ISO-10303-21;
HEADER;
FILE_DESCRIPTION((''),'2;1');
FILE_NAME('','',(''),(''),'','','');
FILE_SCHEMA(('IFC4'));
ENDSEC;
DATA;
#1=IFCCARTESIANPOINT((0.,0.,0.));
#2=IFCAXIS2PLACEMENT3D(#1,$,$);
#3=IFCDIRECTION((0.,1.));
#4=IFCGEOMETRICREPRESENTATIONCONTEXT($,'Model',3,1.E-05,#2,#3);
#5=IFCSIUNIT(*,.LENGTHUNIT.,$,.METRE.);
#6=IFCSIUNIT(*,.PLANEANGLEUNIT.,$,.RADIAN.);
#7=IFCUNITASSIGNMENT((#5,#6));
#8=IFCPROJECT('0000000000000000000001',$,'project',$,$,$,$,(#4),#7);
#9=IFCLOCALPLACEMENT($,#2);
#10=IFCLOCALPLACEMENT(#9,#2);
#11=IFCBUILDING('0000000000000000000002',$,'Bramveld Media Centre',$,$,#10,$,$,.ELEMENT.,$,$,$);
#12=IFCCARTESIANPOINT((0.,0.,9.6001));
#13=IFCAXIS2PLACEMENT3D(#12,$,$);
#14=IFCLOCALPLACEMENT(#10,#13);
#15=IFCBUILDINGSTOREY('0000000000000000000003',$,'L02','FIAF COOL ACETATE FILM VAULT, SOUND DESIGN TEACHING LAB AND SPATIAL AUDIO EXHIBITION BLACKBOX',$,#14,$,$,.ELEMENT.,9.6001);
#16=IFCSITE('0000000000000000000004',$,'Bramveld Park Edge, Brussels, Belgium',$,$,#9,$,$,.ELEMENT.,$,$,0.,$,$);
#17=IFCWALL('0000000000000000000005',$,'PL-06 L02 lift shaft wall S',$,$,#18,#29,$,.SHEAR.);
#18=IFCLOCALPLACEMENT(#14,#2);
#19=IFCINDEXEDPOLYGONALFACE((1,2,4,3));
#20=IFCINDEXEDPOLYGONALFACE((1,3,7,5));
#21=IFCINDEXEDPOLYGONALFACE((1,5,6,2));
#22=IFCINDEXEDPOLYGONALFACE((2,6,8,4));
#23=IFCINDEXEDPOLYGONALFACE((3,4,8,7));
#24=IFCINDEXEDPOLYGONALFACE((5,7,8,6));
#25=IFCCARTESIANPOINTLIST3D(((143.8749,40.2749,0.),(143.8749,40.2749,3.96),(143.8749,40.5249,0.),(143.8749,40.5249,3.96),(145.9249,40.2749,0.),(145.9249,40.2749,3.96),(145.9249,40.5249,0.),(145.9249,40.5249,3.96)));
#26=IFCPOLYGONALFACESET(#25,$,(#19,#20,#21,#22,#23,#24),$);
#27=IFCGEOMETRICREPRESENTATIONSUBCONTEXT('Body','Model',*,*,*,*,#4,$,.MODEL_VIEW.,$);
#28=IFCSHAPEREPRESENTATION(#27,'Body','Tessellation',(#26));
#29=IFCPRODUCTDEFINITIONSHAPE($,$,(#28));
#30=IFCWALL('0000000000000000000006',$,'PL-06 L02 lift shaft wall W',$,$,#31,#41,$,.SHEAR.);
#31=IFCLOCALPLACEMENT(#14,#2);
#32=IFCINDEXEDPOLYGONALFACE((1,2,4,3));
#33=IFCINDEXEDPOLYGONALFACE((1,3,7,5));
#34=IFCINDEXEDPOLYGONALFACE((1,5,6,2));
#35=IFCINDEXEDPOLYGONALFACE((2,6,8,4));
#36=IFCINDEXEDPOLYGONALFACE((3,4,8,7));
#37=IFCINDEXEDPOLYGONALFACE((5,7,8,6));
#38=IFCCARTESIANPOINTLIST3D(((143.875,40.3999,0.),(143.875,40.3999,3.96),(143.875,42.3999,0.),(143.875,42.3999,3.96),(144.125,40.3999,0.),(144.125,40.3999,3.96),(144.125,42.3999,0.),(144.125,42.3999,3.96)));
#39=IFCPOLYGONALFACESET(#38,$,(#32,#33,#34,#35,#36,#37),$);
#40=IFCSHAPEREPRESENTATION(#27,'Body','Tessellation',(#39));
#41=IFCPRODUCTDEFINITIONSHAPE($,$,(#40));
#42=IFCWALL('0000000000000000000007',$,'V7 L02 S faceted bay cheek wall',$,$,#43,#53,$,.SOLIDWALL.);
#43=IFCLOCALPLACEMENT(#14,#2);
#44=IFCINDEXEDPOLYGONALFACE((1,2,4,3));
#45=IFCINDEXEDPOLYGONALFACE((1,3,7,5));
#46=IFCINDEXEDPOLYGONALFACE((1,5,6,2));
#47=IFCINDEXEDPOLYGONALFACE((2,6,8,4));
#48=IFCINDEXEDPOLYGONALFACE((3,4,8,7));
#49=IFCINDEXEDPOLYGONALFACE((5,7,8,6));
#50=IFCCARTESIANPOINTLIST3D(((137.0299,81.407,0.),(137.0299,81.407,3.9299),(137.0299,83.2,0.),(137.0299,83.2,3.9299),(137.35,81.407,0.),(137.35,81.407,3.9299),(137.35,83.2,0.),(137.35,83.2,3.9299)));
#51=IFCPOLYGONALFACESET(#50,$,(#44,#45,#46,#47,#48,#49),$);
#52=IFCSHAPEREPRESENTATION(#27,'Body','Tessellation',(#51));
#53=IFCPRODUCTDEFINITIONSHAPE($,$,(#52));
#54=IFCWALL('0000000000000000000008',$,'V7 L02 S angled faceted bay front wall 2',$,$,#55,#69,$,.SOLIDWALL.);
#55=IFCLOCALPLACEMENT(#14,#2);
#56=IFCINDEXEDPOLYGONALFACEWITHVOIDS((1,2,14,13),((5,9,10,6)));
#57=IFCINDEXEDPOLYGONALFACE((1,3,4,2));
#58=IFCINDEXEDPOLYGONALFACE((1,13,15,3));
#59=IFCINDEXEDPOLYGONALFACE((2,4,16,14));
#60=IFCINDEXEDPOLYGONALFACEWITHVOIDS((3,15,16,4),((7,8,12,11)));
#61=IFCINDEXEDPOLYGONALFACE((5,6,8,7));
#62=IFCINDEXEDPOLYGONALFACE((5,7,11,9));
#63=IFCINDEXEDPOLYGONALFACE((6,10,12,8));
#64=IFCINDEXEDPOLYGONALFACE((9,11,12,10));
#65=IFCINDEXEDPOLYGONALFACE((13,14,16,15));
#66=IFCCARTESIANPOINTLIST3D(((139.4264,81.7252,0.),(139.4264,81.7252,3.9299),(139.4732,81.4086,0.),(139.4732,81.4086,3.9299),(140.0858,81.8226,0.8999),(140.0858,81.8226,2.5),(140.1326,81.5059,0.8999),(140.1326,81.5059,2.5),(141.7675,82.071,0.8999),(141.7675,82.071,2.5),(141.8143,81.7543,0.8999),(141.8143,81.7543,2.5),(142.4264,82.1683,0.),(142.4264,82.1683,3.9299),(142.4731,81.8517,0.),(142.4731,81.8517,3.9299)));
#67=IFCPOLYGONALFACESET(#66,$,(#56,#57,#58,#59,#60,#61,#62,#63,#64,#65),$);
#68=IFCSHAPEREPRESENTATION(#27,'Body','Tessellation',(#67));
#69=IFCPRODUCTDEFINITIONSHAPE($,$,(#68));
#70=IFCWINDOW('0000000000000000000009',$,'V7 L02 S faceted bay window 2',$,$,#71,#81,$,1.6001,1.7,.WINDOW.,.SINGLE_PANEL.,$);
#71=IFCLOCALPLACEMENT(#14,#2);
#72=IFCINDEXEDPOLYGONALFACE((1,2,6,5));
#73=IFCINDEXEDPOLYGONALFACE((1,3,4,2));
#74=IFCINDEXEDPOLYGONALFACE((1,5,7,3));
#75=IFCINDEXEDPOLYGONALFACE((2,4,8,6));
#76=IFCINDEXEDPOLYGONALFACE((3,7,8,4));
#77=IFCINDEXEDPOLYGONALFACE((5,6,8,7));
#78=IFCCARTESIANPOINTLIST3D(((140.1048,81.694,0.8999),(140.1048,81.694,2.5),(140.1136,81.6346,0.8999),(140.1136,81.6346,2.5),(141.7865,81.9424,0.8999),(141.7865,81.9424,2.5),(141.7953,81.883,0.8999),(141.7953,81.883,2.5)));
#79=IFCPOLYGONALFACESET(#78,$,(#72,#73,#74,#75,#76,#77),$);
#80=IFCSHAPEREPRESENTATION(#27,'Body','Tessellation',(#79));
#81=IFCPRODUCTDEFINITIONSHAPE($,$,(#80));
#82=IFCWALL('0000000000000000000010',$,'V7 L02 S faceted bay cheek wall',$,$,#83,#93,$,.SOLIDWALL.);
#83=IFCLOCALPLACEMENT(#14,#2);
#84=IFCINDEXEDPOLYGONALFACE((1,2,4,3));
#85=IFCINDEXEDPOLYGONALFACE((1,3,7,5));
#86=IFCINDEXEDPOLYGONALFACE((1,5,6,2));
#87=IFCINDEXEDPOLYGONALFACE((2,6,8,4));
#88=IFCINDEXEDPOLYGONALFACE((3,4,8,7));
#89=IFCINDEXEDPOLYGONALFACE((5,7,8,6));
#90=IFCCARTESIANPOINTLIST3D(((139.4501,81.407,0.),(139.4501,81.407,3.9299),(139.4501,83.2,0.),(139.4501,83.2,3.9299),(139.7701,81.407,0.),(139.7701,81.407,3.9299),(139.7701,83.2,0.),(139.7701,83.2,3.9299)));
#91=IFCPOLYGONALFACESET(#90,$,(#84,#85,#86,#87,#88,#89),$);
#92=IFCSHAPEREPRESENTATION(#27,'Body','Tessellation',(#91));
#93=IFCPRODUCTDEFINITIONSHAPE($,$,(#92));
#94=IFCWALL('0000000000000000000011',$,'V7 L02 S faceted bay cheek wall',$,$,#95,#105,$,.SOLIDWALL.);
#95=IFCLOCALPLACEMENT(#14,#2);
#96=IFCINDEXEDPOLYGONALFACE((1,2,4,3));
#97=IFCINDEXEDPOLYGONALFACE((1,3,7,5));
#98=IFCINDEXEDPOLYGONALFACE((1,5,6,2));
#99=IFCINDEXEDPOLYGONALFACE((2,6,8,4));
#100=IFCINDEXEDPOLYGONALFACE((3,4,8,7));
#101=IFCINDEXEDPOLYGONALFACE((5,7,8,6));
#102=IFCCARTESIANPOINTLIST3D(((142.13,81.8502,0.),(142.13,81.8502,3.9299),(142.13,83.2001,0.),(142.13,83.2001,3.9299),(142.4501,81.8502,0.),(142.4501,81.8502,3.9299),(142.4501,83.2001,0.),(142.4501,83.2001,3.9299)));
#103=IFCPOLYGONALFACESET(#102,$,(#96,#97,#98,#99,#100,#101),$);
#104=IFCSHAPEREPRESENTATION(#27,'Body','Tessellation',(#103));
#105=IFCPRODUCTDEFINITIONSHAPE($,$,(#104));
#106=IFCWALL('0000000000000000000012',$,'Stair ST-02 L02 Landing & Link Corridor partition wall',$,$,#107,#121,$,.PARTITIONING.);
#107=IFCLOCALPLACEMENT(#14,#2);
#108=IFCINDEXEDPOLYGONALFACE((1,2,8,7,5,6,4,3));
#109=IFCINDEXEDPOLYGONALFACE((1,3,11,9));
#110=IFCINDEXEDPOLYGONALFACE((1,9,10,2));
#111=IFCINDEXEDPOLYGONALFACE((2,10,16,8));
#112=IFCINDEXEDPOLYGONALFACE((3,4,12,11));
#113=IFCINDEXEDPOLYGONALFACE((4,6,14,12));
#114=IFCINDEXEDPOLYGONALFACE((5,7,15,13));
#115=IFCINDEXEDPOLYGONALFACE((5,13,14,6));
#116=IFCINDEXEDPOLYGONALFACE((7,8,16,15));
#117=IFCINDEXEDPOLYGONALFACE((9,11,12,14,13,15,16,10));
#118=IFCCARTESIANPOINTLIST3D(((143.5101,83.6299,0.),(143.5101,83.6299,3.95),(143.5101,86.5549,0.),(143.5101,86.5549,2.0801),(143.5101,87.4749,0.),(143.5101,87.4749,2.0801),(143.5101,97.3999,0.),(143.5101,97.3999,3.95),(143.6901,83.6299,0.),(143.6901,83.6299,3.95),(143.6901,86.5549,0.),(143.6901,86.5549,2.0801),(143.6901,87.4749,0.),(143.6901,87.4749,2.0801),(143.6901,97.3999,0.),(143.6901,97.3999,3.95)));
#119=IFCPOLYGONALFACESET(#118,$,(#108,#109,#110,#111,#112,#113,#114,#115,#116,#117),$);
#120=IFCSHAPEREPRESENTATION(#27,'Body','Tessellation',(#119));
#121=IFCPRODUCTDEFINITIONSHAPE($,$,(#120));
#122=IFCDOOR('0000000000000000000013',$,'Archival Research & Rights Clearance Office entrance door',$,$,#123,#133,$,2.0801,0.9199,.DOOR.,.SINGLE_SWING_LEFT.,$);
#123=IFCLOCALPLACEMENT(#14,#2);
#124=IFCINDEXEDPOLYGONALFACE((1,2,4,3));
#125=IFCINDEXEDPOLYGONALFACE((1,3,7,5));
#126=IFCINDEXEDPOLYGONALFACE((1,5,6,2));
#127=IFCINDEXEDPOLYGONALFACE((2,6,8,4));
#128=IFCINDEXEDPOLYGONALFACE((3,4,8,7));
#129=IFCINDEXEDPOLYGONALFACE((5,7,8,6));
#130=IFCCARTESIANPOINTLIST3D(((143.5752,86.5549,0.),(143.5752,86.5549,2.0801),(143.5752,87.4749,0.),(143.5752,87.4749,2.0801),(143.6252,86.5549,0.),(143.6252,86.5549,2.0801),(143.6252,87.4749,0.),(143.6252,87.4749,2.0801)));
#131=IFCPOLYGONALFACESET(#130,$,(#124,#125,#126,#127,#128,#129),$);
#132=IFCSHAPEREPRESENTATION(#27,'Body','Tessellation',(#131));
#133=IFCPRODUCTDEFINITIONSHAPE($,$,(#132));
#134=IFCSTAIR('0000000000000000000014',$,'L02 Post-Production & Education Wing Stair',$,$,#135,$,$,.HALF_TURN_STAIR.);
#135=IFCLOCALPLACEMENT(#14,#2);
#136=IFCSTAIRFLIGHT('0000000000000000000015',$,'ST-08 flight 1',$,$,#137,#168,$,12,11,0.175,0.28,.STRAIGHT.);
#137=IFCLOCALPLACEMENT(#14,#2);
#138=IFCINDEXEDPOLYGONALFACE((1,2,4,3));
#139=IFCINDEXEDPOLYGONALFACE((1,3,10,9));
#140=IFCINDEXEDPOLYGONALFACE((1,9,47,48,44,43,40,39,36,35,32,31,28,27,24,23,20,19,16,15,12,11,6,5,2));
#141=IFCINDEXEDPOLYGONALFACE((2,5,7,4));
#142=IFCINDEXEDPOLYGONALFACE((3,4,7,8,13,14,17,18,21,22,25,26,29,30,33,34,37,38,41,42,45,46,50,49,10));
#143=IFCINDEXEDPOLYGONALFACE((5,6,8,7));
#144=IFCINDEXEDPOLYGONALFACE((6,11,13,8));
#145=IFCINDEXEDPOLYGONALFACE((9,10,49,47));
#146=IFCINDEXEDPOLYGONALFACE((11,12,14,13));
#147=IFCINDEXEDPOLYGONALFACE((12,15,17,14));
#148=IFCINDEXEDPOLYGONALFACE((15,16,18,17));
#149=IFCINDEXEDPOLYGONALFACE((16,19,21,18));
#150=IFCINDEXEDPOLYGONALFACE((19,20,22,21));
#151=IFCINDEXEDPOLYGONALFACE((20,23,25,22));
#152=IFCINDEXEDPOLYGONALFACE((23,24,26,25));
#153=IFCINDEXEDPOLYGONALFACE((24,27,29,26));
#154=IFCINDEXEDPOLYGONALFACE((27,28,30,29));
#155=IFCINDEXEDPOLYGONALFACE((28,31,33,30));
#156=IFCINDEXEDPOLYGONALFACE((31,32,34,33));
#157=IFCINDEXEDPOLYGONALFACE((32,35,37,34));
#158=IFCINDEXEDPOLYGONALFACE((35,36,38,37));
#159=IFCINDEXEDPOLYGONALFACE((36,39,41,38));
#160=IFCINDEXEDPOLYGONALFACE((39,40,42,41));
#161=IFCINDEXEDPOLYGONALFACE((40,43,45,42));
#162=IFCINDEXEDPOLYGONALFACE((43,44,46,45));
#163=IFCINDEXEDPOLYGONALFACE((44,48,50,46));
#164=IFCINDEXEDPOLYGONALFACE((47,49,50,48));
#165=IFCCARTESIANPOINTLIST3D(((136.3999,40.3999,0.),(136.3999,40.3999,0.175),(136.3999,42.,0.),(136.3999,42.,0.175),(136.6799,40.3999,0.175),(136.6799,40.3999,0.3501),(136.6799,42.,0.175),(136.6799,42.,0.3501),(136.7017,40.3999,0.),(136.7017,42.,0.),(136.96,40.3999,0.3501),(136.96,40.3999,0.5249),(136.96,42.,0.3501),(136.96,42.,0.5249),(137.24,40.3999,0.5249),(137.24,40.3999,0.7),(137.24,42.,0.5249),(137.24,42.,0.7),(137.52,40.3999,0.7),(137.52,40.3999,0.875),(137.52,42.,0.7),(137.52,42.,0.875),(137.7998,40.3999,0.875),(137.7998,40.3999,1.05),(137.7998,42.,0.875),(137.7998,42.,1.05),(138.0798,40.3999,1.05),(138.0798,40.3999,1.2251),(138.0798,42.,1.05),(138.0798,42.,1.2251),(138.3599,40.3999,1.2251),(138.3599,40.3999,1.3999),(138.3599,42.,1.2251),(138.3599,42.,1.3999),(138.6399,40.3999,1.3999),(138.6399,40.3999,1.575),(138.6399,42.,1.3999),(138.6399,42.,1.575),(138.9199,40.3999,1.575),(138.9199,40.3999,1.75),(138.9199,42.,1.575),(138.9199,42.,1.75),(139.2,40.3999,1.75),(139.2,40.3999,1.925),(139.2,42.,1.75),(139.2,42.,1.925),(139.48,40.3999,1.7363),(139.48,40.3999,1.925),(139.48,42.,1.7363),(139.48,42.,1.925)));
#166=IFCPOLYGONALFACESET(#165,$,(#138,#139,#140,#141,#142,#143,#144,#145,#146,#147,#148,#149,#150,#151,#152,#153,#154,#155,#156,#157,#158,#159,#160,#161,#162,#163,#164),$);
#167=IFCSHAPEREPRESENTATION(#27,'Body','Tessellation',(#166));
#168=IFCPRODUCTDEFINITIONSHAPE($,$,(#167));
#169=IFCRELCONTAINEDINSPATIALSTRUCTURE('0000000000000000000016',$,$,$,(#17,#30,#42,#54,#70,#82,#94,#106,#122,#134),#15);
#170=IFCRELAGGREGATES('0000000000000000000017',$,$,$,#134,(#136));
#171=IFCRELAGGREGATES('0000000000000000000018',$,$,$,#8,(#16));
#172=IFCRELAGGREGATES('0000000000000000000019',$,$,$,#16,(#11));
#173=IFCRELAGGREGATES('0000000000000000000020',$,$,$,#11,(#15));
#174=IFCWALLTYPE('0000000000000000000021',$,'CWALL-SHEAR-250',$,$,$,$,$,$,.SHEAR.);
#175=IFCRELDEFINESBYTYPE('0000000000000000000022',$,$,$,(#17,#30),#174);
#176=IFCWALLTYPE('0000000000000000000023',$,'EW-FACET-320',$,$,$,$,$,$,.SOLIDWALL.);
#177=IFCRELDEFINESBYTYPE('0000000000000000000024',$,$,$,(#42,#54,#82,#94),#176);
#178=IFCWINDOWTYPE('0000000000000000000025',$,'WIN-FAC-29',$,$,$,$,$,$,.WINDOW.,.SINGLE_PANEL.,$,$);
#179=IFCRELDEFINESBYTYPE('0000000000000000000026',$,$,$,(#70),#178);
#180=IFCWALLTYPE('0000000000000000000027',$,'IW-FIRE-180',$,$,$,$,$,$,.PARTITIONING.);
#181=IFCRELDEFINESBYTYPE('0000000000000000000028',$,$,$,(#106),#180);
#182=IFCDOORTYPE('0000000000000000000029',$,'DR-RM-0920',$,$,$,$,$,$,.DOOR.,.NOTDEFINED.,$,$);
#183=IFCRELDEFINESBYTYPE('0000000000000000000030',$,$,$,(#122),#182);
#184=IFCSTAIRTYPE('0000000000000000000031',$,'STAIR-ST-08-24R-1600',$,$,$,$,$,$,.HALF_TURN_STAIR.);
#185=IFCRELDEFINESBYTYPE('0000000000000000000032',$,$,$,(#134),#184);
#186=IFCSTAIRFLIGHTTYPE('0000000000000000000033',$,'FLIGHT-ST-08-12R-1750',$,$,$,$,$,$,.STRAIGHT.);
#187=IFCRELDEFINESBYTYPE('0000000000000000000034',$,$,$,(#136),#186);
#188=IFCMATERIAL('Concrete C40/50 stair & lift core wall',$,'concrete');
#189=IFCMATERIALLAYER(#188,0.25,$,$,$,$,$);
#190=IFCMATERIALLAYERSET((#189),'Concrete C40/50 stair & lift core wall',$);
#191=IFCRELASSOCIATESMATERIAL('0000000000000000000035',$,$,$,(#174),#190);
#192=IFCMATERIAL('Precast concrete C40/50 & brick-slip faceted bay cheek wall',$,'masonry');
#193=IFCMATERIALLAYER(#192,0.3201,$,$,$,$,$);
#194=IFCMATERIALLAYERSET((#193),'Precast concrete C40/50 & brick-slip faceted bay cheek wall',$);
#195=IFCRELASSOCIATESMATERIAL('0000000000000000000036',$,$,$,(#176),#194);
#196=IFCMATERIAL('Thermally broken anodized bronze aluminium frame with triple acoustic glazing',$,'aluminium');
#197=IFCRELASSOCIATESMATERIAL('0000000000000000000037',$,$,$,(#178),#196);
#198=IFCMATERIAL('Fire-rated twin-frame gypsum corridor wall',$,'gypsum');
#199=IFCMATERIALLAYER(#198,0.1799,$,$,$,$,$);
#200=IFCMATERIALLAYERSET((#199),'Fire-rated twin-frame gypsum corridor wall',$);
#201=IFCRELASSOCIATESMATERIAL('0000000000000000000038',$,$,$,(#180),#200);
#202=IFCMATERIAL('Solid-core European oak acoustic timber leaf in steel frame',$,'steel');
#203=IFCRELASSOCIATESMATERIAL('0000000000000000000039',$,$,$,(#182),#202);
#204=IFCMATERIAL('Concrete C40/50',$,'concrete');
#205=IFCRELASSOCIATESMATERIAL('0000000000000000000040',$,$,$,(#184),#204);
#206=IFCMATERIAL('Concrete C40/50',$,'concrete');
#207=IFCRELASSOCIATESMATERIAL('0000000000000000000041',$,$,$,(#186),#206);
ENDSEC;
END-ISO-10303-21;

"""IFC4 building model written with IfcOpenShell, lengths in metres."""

from ifc_helpers import new_model, si_unit, direction, frame, frame_2d, origin, place, context, subcontext, project, spatial, polyline, rectangle, outline, extrude, material, layer, layer_set, type_object, element, fill, aggregate, save


model = new_model("IFC4")

# Units and contexts
model_context = context("Model", 3, precision=1e-05, world=origin(), true_north=direction((0.0, 1.0)))
body_context = subcontext(model_context, "Body", "Model", "MODEL_VIEW")
ifc_project = project(units=[si_unit("LENGTHUNIT", "METRE"), si_unit("PLANEANGLEUNIT", "RADIAN")], contexts=[model_context])

# Site, building, storey
site_placement = place(None, origin())
site = spatial("IfcSite", under=ifc_project, at=site_placement, Name="Bramveld Park Edge, Brussels, Belgium", CompositionType="ELEMENT", RefElevation=0.0)
building_placement = place(site_placement, origin())
building = spatial("IfcBuilding", under=site, at=building_placement, Name="Bramveld Media Centre", CompositionType="ELEMENT")
storey_placement = place(building_placement, frame((0.0, 0.0, 9.6001)))
storey = spatial("IfcBuildingStorey", under=building, at=storey_placement, Name="L02", Description="FIAF COOL ACETATE FILM VAULT, SOUND DESIGN TEACHING LAB AND SPATIAL AUDIO EXHIBITION BLACKBOX", CompositionType="ELEMENT", Elevation=9.6001)

# Walls
ifc_material_1 = material(Name="Concrete C40/50 stair & lift core wall", Category="concrete")
ifc_layer_1 = layer(ifc_material_1, 0.25)
ifc_layer_set_1 = layer_set([ifc_layer_1], Name="Concrete C40/50 stair & lift core wall")
wall_type_1 = type_object("IfcWallType", Name="CWALL-SHEAR-250", PredefinedType="SHEAR", material=ifc_layer_set_1)
wall_1_placement = place(storey_placement, frame((143.875, 40.3999, 0.0), z_axis=(0.0, 0.0, 1.0), x_axis=(1.0, 0.0, 0.0)))
element("IfcWall", 1, at=wall_1_placement, inside=storey, type_object=wall_type_1, Name="PL-06 L02 lift shaft wall S", PredefinedType="SHEAR", context=body_context, shape_type="SweptSolid", body=[
    extrude(rectangle(XDim=2.05, YDim=0.25, at=frame_2d((1.0249, 0.0))), origin(), (0.0, 0.0, 1.0), 3.96),
])
wall_2_placement = place(storey_placement, frame((144.0, 42.3999, 0.0), z_axis=(0.0, 0.0, 1.0), x_axis=(0.0, -1.0, 0.0)))
element("IfcWall", 2, at=wall_2_placement, inside=storey, type_object=wall_type_1, Name="PL-06 L02 lift shaft wall W", PredefinedType="SHEAR", context=body_context, shape_type="SweptSolid", body=[
    extrude(rectangle(XDim=2.0, YDim=0.25, at=frame_2d((1.0, 0.0))), origin(), (0.0, 0.0, 1.0), 3.96),
])
ifc_material_2 = material(Name="Precast concrete C40/50 & brick-slip faceted bay cheek wall", Category="masonry")
ifc_layer_2 = layer(ifc_material_2, 0.3201)
ifc_layer_set_2 = layer_set([ifc_layer_2], Name="Precast concrete C40/50 & brick-slip faceted bay cheek wall")
wall_type_2 = type_object("IfcWallType", Name="EW-FACET-320", PredefinedType="SOLIDWALL", material=ifc_layer_set_2)
wall_3_placement = place(storey_placement, frame((137.1899, 83.2, 0.0), z_axis=(0.0, 0.0, 1.0), x_axis=(0.0, -1.0, 0.0)))
element("IfcWall", 3, at=wall_3_placement, inside=storey, type_object=wall_type_2, Name="V7 L02 S faceted bay cheek wall", PredefinedType="SOLIDWALL", context=body_context, shape_type="SweptSolid", body=[
    extrude(rectangle(XDim=1.793, YDim=0.3201, at=frame_2d((0.8965, 0.0))), origin(), (0.0, 0.0, 1.0), 3.9299),
])

# Wall, opening, window
wall_4_placement = place(storey_placement, frame((139.45, 81.5669, 0.0), z_axis=(0.0, 0.0, 1.0), x_axis=(0.989267, 0.14612, 0.0)))
wall_4 = element("IfcWall", 4, at=wall_4_placement, inside=storey, type_object=wall_type_2, Name="V7 L02 S angled faceted bay front wall 2", PredefinedType="SOLIDWALL", context=body_context, shape_type="SweptSolid", body=[
    extrude(rectangle(XDim=3.0325, YDim=0.3201, at=frame_2d((1.5161, 0.0))), origin(), (0.0, 0.0, 1.0), 3.9299),
])
opening_1_placement = place(wall_4_placement, frame((0.6663, 0.0, 0.8999)))
opening_1 = element("IfcOpeningElement", 5, at=opening_1_placement, cuts=wall_4, PredefinedType="OPENING", context=body_context, shape_type="SweptSolid", body=[
    extrude(rectangle(XDim=1.7, YDim=1.6001, at=frame_2d((0.8501, 0.8))), frame((0.0, 0.1719, 0.0), z_axis=(0.0, -1.0, 0.0), x_axis=(1.0, 0.0, 0.0)), (0.0, 0.0, 1.0), 0.344),
])
ifc_material_3 = material(Name="Thermally broken anodized bronze aluminium frame with triple acoustic glazing", Category="aluminium")
window_type = type_object("IfcWindowType", Name="WIN-FAC-29", PartitioningType="SINGLE_PANEL", PredefinedType="WINDOW", material=ifc_material_3)
window_placement = place(opening_1_placement, origin())
window = element("IfcWindow", 6, at=window_placement, inside=storey, type_object=window_type, Name="V7 L02 S faceted bay window 2", OverallHeight=1.6001, OverallWidth=1.7, PartitioningType="SINGLE_PANEL", PredefinedType="WINDOW", context=body_context, shape_type="SweptSolid", body=[
    extrude(rectangle(XDim=1.7, YDim=1.6001, at=frame_2d((0.8501, 0.8))), frame((0.0, 0.03, 0.0), z_axis=(0.0, -1.0, 0.0), x_axis=(1.0, 0.0, 0.0)), (0.0, 0.0, 1.0), 0.0601),
])
fill(opening_1, window)

# Walls
wall_5_placement = place(storey_placement, frame((139.6101, 83.2, 0.0), z_axis=(0.0, 0.0, 1.0), x_axis=(0.0, -1.0, 0.0)))
element("IfcWall", 7, at=wall_5_placement, inside=storey, type_object=wall_type_2, Name="V7 L02 S faceted bay cheek wall", PredefinedType="SOLIDWALL", context=body_context, shape_type="SweptSolid", body=[
    extrude(rectangle(XDim=1.793, YDim=0.3201, at=frame_2d((0.8965, 0.0))), origin(), (0.0, 0.0, 1.0), 3.9299),
])
wall_6_placement = place(storey_placement, frame((142.29, 83.2, 0.0), z_axis=(0.0, 0.0, 1.0), x_axis=(0.0, -1.0, 0.0)))
element("IfcWall", 8, at=wall_6_placement, inside=storey, type_object=wall_type_2, Name="V7 L02 S faceted bay cheek wall", PredefinedType="SOLIDWALL", context=body_context, shape_type="SweptSolid", body=[
    extrude(rectangle(XDim=1.3499, YDim=0.3201, at=frame_2d((0.6748, 0.0))), origin(), (0.0, 0.0, 1.0), 3.9299),
])

# Wall, opening, door
ifc_material_4 = material(Name="Fire-rated twin-frame gypsum corridor wall", Category="gypsum")
ifc_layer_3 = layer(ifc_material_4, 0.1799)
ifc_layer_set_3 = layer_set([ifc_layer_3], Name="Fire-rated twin-frame gypsum corridor wall")
wall_type_3 = type_object("IfcWallType", Name="IW-FIRE-180", PredefinedType="PARTITIONING", material=ifc_layer_set_3)
wall_7_placement = place(storey_placement, frame((143.6001, 83.6299, 0.0), z_axis=(0.0, 0.0, 1.0), x_axis=(0.0, 1.0, 0.0)))
wall_7 = element("IfcWall", 9, at=wall_7_placement, inside=storey, type_object=wall_type_3, Name="Stair ST-02 L02 Landing & Link Corridor partition wall", PredefinedType="PARTITIONING", context=body_context, shape_type="SweptSolid", body=[
    extrude(rectangle(XDim=13.77, YDim=0.1799, at=frame_2d((6.885, 0.0))), origin(), (0.0, 0.0, 1.0), 3.95),
])
opening_2_placement = place(wall_7_placement, frame((2.925, 0.0, 0.0)))
opening_2 = element("IfcOpeningElement", 10, at=opening_2_placement, cuts=wall_7, PredefinedType="OPENING", context=body_context, shape_type="SweptSolid", body=[
    extrude(rectangle(XDim=0.9199, YDim=2.0801, at=frame_2d((0.46, 1.04))), frame((0.0, 0.1021, 0.0), z_axis=(0.0, -1.0, 0.0), x_axis=(1.0, 0.0, 0.0)), (0.0, 0.0, 1.0), 0.2039),
])
ifc_material_5 = material(Name="Solid-core European oak acoustic timber leaf in steel frame", Category="steel")
door_type = type_object("IfcDoorType", Name="DR-RM-0920", OperationType="NOTDEFINED", PredefinedType="DOOR", material=ifc_material_5)
door_placement = place(opening_2_placement, origin())
door = element("IfcDoor", 11, at=door_placement, inside=storey, type_object=door_type, Name="Archival Research & Rights Clearance Office entrance door", OperationType="SINGLE_SWING_LEFT", OverallHeight=2.0801, OverallWidth=0.9199, PredefinedType="DOOR", context=body_context, shape_type="SweptSolid", body=[
    extrude(rectangle(XDim=0.9199, YDim=2.0801, at=frame_2d((0.46, 1.04))), frame((0.0, 0.0249, 0.0), z_axis=(0.0, -1.0, 0.0), x_axis=(1.0, 0.0, 0.0)), (0.0, 0.0, 1.0), 0.05),
])
fill(opening_2, door)

# Stair, stair flight
ifc_material_6 = material(Name="Concrete C40/50", Category="concrete")
stair_type = type_object("IfcStairType", Name="STAIR-ST-08-24R-1600", PredefinedType="HALF_TURN_STAIR", material=ifc_material_6)
stair_placement = place(storey_placement, origin())
stair = element("IfcStair", 12, at=stair_placement, inside=storey, type_object=stair_type, Name="L02 Post-Production & Education Wing Stair", PredefinedType="HALF_TURN_STAIR")
ifc_material_7 = material(Name="Concrete C40/50", Category="concrete")
stair_flight_type = type_object("IfcStairFlightType", Name="FLIGHT-ST-08-12R-1750", PredefinedType="STRAIGHT", material=ifc_material_7)
stair_flight_1_placement = place(storey_placement, frame((136.3999, 41.2, 0.0), z_axis=(0.0, 0.0, 1.0), x_axis=(1.0, 0.0, 0.0)))
stair_flight_1 = element("IfcStairFlight", 13, at=stair_flight_1_placement, type_object=stair_flight_type, Name="ST-08 flight 1", NumberOfRisers=12, NumberOfTreads=11, PredefinedType="STRAIGHT", RiserHeight=0.175, TreadLength=0.28, context=body_context, shape_type="SweptSolid", body=[
    extrude(outline(polyline([(0.0, 0.0), (0.0, 0.175), (0.28, 0.175), (0.28, 0.3501), (0.5601, 0.3501), (0.5601, 0.5249), (0.8401, 0.5249), (0.8401, 0.7), (1.1201, 0.7), (1.1201, 0.875), (1.3999, 0.875), (1.3999, 1.05), (1.6799, 1.05), (1.6799, 1.2251), (1.96, 1.2251), (1.96, 1.3999), (2.24, 1.3999), (2.24, 1.575), (2.52, 1.575), (2.52, 1.75), (2.8, 1.75), (2.8, 1.925), (3.0801, 1.925), (3.0801, 2.1001), (3.0801, 1.7363), (0.3018, 0.0), (0.0, 0.0)])), frame((0.0, 0.8, 0.0), z_axis=(0.0, -1.0, 0.0), x_axis=(1.0, 0.0, 0.0)), (0.0, 0.0, 1.0), 1.6001),
])
aggregate(stair, [stair_flight_1])

save(model, "model.ifc")
